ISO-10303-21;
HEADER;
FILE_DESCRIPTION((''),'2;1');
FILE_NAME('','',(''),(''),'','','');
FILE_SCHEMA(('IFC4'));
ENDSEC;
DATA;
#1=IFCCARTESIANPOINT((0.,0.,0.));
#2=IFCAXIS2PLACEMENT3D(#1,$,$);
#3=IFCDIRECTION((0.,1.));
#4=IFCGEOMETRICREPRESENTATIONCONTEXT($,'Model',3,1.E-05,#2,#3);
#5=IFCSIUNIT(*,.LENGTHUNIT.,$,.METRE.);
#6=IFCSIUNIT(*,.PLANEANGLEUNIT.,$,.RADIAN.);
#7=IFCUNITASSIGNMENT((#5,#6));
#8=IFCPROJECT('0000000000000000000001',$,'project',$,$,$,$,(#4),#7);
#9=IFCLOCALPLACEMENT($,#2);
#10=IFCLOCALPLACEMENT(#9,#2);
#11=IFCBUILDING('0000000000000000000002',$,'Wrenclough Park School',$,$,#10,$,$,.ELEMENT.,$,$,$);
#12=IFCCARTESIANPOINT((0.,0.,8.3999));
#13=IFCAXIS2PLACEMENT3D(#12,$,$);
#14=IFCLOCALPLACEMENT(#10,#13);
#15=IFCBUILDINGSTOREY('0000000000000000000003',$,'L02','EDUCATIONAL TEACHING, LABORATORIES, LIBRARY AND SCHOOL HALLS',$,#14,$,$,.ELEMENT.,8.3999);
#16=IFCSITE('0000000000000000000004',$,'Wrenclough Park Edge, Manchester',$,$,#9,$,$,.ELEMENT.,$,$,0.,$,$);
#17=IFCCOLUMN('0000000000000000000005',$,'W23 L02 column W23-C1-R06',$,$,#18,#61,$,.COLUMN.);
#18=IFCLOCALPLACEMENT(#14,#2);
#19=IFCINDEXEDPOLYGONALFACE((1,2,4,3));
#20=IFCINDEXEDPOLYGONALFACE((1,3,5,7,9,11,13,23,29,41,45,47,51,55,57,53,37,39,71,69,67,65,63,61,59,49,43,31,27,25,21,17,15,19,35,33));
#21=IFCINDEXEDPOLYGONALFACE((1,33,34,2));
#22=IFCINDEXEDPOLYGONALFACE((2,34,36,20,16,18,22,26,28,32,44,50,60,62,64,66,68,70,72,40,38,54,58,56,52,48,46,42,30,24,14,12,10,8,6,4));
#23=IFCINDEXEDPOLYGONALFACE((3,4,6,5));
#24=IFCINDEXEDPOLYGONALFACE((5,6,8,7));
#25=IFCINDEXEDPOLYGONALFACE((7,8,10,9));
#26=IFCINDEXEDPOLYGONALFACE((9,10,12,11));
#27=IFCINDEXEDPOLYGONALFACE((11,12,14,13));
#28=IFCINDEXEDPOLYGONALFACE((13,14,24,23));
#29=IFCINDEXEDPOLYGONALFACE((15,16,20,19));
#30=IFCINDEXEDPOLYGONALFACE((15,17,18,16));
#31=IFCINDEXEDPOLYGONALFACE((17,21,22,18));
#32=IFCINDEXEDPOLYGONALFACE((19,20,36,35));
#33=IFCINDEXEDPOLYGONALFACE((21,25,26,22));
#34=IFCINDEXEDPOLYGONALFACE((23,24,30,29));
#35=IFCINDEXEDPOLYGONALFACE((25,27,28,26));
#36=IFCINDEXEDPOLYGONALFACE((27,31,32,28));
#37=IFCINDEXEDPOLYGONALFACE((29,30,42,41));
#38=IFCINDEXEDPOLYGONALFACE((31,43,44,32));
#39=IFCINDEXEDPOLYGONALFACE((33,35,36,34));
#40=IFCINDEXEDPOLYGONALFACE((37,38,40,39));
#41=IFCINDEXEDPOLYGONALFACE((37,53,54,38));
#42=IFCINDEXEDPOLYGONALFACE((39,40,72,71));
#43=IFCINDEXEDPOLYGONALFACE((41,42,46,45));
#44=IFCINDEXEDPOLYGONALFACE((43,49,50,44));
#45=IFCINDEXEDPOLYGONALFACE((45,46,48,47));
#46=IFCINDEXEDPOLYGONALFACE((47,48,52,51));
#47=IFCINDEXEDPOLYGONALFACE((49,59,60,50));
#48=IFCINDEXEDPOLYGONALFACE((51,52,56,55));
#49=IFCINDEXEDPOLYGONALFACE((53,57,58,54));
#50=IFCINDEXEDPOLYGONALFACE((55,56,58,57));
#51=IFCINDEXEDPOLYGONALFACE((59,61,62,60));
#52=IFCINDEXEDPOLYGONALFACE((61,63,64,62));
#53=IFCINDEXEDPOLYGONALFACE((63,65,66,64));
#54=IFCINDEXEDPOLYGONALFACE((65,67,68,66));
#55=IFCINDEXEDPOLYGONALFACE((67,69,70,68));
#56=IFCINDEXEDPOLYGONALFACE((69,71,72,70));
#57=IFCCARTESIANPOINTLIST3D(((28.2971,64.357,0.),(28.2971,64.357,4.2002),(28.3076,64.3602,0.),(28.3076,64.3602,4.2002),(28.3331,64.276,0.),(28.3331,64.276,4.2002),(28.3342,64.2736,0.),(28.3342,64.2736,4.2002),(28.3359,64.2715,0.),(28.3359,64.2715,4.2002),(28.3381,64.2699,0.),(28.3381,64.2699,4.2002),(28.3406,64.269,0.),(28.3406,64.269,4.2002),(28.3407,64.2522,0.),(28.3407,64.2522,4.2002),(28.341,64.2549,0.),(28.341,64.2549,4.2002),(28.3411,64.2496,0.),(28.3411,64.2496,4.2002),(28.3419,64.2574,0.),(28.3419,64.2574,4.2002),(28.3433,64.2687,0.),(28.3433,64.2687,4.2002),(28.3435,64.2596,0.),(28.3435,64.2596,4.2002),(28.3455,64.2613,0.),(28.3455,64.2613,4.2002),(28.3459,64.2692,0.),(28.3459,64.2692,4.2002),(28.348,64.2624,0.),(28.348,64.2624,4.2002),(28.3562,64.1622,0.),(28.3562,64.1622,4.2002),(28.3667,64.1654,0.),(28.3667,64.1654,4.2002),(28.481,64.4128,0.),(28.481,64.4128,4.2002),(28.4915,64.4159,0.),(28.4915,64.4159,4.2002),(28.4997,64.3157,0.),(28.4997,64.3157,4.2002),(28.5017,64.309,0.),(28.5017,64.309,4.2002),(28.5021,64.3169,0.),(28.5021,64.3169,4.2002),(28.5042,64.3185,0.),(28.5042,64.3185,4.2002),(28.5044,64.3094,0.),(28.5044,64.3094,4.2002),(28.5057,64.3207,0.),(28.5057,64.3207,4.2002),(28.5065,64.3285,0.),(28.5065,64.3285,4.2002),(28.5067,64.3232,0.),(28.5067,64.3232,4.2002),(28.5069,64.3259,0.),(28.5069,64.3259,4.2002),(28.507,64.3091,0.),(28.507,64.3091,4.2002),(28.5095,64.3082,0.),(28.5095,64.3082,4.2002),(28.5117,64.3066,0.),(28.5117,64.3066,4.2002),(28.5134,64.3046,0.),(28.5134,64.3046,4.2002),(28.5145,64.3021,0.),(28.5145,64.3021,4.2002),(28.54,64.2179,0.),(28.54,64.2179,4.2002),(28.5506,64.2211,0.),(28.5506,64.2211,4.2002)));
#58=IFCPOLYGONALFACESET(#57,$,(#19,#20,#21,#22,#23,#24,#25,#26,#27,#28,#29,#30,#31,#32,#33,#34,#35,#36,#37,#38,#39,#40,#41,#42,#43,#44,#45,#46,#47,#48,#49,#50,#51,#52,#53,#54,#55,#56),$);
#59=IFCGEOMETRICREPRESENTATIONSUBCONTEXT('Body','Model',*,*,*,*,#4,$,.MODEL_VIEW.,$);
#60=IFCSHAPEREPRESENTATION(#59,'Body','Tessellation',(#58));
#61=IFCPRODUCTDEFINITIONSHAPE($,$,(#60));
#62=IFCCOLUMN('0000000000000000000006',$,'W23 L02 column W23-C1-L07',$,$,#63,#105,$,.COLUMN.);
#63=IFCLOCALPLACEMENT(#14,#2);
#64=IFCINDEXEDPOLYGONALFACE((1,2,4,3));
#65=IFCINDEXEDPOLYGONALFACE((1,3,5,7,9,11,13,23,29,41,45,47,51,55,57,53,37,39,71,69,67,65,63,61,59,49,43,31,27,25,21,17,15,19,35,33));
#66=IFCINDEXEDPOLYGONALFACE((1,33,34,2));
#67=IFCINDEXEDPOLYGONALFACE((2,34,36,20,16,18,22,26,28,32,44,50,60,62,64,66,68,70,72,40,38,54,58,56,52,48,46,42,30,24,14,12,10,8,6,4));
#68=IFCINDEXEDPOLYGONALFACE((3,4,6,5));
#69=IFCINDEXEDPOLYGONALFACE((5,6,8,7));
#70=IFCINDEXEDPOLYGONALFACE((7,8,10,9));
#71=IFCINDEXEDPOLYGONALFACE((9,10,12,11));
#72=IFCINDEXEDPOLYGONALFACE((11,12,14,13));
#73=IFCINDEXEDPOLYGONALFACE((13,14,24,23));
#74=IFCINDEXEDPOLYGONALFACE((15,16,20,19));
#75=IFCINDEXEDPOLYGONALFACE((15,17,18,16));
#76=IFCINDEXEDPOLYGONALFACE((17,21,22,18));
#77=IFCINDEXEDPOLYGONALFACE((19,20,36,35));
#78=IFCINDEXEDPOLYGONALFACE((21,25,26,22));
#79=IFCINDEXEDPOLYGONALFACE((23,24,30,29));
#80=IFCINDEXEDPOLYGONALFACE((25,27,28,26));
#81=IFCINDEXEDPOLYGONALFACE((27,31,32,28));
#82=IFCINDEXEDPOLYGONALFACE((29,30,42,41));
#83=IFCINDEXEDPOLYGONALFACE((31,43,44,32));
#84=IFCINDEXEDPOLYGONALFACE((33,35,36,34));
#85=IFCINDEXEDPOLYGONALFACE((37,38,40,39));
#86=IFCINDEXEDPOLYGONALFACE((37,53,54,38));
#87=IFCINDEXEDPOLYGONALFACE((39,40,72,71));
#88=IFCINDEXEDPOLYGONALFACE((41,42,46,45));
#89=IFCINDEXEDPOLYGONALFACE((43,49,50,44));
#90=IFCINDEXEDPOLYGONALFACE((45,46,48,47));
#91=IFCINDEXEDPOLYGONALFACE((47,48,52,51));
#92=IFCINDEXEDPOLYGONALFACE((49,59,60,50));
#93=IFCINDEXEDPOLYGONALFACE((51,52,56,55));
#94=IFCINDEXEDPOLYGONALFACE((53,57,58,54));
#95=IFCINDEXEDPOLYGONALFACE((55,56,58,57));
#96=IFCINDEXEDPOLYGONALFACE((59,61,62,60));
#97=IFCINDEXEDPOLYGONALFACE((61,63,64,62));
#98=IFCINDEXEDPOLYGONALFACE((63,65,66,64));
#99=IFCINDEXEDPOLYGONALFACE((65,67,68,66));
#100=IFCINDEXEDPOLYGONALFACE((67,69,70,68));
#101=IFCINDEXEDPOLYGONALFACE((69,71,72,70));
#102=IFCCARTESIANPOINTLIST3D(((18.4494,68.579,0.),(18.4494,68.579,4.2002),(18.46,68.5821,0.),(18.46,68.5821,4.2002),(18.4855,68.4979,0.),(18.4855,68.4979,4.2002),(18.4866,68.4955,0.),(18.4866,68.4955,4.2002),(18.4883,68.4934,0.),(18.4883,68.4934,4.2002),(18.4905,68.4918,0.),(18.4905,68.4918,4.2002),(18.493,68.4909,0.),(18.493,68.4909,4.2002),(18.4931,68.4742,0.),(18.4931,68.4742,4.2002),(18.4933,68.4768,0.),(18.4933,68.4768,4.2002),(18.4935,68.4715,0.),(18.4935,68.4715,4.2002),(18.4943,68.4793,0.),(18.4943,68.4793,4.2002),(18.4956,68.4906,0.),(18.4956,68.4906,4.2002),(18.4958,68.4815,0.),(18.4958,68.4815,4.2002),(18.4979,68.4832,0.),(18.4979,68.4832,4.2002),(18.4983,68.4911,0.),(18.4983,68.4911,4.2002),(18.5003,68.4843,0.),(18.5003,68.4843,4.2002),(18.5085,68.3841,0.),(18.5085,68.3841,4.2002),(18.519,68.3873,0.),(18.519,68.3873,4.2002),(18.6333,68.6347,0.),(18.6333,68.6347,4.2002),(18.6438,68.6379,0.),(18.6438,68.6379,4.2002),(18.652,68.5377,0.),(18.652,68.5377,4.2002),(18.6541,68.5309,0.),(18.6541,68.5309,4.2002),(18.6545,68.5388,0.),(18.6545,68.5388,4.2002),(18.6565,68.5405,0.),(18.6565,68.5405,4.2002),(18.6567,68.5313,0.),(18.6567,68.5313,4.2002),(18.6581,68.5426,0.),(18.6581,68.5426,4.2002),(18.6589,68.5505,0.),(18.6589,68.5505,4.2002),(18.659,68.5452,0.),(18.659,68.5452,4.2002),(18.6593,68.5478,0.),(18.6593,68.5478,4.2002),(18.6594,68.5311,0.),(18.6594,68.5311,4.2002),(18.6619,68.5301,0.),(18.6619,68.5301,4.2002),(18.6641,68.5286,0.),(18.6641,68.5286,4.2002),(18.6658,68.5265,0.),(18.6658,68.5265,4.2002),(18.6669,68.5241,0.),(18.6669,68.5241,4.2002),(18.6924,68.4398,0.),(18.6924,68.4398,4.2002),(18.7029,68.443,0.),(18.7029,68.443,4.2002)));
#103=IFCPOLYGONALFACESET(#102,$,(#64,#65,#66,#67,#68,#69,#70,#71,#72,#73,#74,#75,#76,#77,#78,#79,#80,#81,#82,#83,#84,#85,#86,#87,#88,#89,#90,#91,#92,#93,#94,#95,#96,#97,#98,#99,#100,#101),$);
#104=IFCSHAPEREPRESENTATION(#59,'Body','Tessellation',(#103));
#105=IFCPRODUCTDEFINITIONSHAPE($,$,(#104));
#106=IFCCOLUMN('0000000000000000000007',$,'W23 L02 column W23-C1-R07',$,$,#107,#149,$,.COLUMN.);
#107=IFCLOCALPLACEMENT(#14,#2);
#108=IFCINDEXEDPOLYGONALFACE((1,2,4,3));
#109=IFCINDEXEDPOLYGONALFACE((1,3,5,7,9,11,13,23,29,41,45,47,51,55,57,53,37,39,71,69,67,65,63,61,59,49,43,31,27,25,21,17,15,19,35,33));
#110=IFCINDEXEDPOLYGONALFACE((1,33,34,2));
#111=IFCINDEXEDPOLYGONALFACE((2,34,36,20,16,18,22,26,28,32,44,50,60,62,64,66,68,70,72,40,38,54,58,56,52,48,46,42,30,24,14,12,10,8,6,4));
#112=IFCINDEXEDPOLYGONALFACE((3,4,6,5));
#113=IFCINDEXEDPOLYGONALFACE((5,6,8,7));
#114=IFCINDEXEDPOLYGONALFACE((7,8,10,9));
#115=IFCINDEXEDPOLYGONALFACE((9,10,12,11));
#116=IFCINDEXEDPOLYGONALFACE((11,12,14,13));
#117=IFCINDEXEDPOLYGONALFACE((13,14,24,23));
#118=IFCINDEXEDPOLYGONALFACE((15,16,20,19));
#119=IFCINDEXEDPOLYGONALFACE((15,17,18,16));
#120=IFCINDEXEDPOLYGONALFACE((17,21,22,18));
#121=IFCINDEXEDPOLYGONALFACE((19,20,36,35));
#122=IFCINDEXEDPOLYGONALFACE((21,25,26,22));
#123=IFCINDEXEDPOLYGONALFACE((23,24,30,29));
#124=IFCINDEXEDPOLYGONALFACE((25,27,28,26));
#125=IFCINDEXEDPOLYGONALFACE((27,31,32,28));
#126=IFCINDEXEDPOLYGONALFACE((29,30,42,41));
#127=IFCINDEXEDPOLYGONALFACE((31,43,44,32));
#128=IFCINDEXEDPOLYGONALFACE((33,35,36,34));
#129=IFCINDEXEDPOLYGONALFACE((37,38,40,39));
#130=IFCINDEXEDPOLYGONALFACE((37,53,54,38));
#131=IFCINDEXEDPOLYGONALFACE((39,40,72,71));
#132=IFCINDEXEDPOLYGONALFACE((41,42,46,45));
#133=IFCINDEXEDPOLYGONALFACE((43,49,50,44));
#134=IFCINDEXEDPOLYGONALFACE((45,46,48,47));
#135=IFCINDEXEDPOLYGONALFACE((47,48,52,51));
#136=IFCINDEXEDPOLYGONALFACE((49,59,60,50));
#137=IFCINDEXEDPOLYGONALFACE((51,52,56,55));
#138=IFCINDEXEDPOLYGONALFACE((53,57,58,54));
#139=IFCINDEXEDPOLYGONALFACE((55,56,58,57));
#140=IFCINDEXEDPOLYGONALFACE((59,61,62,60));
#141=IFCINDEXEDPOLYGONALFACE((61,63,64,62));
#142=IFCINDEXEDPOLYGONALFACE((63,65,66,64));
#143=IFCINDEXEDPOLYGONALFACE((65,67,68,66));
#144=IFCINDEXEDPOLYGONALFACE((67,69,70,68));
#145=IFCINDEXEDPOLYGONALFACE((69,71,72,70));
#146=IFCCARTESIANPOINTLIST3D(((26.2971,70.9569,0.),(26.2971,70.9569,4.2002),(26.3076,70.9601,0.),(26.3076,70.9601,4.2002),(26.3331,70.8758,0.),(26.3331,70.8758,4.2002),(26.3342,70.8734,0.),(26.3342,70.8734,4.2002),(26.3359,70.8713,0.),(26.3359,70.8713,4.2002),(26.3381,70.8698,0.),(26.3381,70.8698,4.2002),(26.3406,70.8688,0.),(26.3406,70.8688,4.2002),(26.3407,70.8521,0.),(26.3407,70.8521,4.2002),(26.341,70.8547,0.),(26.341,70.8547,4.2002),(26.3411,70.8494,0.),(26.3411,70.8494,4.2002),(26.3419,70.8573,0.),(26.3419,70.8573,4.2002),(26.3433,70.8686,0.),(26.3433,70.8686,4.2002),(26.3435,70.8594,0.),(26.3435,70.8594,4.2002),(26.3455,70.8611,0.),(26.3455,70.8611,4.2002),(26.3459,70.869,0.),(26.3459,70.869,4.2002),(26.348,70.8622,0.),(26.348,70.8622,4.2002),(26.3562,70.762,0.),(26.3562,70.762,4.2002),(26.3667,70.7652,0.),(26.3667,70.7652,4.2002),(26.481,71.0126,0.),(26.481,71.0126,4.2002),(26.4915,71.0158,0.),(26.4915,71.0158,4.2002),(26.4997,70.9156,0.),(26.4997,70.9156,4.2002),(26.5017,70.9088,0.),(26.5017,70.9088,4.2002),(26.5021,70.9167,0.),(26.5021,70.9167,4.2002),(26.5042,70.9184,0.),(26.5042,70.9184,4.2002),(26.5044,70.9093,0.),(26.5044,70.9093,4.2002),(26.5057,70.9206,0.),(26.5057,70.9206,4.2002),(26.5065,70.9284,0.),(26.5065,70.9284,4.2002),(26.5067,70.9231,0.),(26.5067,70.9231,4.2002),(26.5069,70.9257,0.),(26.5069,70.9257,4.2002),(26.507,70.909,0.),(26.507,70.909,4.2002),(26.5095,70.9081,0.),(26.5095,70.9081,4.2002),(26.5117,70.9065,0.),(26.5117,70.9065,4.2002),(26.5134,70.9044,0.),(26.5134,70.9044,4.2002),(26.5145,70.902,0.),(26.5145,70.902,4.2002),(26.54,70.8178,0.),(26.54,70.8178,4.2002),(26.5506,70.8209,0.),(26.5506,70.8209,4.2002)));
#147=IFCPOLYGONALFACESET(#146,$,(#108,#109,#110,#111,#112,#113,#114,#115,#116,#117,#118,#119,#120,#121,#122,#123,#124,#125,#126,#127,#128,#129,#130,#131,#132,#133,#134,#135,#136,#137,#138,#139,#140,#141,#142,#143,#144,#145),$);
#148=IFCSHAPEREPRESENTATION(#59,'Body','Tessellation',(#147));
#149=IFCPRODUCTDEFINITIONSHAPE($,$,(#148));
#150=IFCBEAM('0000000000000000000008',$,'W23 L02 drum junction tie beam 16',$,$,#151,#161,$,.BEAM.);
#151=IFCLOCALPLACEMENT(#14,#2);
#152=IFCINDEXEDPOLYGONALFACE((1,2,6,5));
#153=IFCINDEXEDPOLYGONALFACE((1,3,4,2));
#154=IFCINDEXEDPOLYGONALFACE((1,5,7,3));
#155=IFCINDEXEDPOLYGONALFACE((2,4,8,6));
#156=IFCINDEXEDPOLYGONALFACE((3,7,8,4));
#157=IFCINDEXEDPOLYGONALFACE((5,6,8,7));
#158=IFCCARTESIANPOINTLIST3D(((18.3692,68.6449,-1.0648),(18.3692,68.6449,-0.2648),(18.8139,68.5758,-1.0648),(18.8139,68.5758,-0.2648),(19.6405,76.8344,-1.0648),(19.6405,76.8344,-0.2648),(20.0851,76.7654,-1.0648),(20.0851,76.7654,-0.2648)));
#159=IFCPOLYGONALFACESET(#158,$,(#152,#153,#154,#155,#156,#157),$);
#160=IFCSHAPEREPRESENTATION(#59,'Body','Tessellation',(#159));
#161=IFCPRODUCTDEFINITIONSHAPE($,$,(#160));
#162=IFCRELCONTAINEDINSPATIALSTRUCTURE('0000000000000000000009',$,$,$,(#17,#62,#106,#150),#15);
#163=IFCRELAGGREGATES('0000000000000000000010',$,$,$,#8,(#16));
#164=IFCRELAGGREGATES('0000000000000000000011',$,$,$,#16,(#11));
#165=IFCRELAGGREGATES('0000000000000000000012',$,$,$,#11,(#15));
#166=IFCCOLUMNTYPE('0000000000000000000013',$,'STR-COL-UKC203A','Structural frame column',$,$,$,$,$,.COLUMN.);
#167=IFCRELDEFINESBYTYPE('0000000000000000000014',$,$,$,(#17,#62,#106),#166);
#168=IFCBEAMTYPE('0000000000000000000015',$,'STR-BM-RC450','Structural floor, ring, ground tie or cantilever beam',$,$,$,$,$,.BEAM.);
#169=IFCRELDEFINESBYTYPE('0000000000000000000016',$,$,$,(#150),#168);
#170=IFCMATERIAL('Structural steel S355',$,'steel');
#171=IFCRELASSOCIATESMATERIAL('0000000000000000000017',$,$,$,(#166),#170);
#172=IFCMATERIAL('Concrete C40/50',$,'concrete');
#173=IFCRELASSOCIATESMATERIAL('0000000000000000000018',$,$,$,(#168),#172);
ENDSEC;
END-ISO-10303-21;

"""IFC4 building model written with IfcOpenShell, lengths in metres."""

from ifc_helpers import new_model, si_unit, direction, frame, origin, origin_2d, place, context, subcontext, project, spatial, rectangle, i_section, extrude, material, material_profile, profile_set, type_object, element, save


model = new_model("IFC4")

# Units and contexts
model_context = context("Model", 3, precision=1e-05, world=origin(), true_north=direction((0.0, 1.0)))
body_context = subcontext(model_context, "Body", "Model", "MODEL_VIEW")
ifc_project = project(units=[si_unit("LENGTHUNIT", "METRE"), si_unit("PLANEANGLEUNIT", "RADIAN")], contexts=[model_context])

# Site, building, storey
site_placement = place(None, origin())
site = spatial("IfcSite", under=ifc_project, at=site_placement, Name="Wrenclough Park Edge, Manchester", CompositionType="ELEMENT", RefElevation=0.0)
building_placement = place(site_placement, origin())
building = spatial("IfcBuilding", under=site, at=building_placement, Name="Wrenclough Park School", CompositionType="ELEMENT")
storey_placement = place(building_placement, frame((0.0, 0.0, 8.3999)))
storey = spatial("IfcBuildingStorey", under=building, at=storey_placement, Name="L02", Description="EDUCATIONAL TEACHING, LABORATORIES, LIBRARY AND SCHOOL HALLS", CompositionType="ELEMENT", Elevation=8.3999)

# Columns
ifc_material_1 = material(Name="Structural steel S355", Category="steel")
ifc_material_profile_1 = material_profile(ifc_material_1, i_section(OverallWidth=0.2036, OverallDepth=0.2031, WebThickness=0.0071, FlangeThickness=0.011, FilletRadius=0.0103, at=origin_2d()), Name="UKC 203x203x46")
ifc_profile_set_1 = profile_set([ifc_material_profile_1], Name="Structural steel S355")
column_type = type_object("IfcColumnType", Name="STR-COL-UKC203A", Description="Structural frame column", PredefinedType="COLUMN", material=ifc_profile_set_1)
for number, where, z_axis, x_axis, name in (
    (1, (28.4238, 64.2891, 0.0), (0.0, 0.0, 1.0), (-0.290034, 0.957016, 0.0), "W23 L02 column W23-C1-R06"),
    (2, (18.5762, 68.511, 0.0), (0.0, 0.0, 1.0), (-0.290034, 0.957016, 0.0), "W23 L02 column W23-C1-L07"),
    (3, (26.4238, 70.8889, 0.0), (0.0, 0.0, 1.0), (-0.290034, 0.957016, 0.0), "W23 L02 column W23-C1-R07"),
):
    element("IfcColumn", number, at=place(storey_placement, frame(where, z_axis=z_axis, x_axis=x_axis)), inside=storey, type_object=column_type, Name=name, PredefinedType="COLUMN", context=body_context, shape_type="SweptSolid", body=[
        extrude(i_section(OverallWidth=0.2036, OverallDepth=0.2031, WebThickness=0.0071, FlangeThickness=0.011, FilletRadius=0.0103, at=origin_2d()), origin(), (0.0, 0.0, 1.0), 4.2002),
    ])

# Beam
ifc_material_2 = material(Name="Concrete C40/50", Category="concrete")
ifc_material_profile_2 = material_profile(ifc_material_2, rectangle(XDim=0.45, YDim=0.8, at=origin_2d()), Name="RC BEAM 450x800")
ifc_profile_set_2 = profile_set([ifc_material_profile_2], Name="Concrete C40/50")
beam_type_1 = type_object("IfcBeamType", Name="STR-BM-RC450", Description="Structural floor, ring, ground tie or cantilever beam", PredefinedType="BEAM", material=ifc_profile_set_2)
beam_1_placement = place(storey_placement, frame((18.5916, 68.6104, -0.6648), z_axis=(0.153392, 0.988165, 0.0), x_axis=(-0.988165, 0.153392, 0.0)))
element("IfcBeam", 4, at=beam_1_placement, inside=storey, type_object=beam_type_1, Name="W23 L02 drum junction tie beam 16", PredefinedType="BEAM", context=body_context, shape_type="SweptSolid", body=[
    extrude(rectangle(XDim=0.45, YDim=0.8, at=origin_2d()), origin(), (0.0, 0.0, 1.0), 8.2876),
])

save(model, "model.ifc")
